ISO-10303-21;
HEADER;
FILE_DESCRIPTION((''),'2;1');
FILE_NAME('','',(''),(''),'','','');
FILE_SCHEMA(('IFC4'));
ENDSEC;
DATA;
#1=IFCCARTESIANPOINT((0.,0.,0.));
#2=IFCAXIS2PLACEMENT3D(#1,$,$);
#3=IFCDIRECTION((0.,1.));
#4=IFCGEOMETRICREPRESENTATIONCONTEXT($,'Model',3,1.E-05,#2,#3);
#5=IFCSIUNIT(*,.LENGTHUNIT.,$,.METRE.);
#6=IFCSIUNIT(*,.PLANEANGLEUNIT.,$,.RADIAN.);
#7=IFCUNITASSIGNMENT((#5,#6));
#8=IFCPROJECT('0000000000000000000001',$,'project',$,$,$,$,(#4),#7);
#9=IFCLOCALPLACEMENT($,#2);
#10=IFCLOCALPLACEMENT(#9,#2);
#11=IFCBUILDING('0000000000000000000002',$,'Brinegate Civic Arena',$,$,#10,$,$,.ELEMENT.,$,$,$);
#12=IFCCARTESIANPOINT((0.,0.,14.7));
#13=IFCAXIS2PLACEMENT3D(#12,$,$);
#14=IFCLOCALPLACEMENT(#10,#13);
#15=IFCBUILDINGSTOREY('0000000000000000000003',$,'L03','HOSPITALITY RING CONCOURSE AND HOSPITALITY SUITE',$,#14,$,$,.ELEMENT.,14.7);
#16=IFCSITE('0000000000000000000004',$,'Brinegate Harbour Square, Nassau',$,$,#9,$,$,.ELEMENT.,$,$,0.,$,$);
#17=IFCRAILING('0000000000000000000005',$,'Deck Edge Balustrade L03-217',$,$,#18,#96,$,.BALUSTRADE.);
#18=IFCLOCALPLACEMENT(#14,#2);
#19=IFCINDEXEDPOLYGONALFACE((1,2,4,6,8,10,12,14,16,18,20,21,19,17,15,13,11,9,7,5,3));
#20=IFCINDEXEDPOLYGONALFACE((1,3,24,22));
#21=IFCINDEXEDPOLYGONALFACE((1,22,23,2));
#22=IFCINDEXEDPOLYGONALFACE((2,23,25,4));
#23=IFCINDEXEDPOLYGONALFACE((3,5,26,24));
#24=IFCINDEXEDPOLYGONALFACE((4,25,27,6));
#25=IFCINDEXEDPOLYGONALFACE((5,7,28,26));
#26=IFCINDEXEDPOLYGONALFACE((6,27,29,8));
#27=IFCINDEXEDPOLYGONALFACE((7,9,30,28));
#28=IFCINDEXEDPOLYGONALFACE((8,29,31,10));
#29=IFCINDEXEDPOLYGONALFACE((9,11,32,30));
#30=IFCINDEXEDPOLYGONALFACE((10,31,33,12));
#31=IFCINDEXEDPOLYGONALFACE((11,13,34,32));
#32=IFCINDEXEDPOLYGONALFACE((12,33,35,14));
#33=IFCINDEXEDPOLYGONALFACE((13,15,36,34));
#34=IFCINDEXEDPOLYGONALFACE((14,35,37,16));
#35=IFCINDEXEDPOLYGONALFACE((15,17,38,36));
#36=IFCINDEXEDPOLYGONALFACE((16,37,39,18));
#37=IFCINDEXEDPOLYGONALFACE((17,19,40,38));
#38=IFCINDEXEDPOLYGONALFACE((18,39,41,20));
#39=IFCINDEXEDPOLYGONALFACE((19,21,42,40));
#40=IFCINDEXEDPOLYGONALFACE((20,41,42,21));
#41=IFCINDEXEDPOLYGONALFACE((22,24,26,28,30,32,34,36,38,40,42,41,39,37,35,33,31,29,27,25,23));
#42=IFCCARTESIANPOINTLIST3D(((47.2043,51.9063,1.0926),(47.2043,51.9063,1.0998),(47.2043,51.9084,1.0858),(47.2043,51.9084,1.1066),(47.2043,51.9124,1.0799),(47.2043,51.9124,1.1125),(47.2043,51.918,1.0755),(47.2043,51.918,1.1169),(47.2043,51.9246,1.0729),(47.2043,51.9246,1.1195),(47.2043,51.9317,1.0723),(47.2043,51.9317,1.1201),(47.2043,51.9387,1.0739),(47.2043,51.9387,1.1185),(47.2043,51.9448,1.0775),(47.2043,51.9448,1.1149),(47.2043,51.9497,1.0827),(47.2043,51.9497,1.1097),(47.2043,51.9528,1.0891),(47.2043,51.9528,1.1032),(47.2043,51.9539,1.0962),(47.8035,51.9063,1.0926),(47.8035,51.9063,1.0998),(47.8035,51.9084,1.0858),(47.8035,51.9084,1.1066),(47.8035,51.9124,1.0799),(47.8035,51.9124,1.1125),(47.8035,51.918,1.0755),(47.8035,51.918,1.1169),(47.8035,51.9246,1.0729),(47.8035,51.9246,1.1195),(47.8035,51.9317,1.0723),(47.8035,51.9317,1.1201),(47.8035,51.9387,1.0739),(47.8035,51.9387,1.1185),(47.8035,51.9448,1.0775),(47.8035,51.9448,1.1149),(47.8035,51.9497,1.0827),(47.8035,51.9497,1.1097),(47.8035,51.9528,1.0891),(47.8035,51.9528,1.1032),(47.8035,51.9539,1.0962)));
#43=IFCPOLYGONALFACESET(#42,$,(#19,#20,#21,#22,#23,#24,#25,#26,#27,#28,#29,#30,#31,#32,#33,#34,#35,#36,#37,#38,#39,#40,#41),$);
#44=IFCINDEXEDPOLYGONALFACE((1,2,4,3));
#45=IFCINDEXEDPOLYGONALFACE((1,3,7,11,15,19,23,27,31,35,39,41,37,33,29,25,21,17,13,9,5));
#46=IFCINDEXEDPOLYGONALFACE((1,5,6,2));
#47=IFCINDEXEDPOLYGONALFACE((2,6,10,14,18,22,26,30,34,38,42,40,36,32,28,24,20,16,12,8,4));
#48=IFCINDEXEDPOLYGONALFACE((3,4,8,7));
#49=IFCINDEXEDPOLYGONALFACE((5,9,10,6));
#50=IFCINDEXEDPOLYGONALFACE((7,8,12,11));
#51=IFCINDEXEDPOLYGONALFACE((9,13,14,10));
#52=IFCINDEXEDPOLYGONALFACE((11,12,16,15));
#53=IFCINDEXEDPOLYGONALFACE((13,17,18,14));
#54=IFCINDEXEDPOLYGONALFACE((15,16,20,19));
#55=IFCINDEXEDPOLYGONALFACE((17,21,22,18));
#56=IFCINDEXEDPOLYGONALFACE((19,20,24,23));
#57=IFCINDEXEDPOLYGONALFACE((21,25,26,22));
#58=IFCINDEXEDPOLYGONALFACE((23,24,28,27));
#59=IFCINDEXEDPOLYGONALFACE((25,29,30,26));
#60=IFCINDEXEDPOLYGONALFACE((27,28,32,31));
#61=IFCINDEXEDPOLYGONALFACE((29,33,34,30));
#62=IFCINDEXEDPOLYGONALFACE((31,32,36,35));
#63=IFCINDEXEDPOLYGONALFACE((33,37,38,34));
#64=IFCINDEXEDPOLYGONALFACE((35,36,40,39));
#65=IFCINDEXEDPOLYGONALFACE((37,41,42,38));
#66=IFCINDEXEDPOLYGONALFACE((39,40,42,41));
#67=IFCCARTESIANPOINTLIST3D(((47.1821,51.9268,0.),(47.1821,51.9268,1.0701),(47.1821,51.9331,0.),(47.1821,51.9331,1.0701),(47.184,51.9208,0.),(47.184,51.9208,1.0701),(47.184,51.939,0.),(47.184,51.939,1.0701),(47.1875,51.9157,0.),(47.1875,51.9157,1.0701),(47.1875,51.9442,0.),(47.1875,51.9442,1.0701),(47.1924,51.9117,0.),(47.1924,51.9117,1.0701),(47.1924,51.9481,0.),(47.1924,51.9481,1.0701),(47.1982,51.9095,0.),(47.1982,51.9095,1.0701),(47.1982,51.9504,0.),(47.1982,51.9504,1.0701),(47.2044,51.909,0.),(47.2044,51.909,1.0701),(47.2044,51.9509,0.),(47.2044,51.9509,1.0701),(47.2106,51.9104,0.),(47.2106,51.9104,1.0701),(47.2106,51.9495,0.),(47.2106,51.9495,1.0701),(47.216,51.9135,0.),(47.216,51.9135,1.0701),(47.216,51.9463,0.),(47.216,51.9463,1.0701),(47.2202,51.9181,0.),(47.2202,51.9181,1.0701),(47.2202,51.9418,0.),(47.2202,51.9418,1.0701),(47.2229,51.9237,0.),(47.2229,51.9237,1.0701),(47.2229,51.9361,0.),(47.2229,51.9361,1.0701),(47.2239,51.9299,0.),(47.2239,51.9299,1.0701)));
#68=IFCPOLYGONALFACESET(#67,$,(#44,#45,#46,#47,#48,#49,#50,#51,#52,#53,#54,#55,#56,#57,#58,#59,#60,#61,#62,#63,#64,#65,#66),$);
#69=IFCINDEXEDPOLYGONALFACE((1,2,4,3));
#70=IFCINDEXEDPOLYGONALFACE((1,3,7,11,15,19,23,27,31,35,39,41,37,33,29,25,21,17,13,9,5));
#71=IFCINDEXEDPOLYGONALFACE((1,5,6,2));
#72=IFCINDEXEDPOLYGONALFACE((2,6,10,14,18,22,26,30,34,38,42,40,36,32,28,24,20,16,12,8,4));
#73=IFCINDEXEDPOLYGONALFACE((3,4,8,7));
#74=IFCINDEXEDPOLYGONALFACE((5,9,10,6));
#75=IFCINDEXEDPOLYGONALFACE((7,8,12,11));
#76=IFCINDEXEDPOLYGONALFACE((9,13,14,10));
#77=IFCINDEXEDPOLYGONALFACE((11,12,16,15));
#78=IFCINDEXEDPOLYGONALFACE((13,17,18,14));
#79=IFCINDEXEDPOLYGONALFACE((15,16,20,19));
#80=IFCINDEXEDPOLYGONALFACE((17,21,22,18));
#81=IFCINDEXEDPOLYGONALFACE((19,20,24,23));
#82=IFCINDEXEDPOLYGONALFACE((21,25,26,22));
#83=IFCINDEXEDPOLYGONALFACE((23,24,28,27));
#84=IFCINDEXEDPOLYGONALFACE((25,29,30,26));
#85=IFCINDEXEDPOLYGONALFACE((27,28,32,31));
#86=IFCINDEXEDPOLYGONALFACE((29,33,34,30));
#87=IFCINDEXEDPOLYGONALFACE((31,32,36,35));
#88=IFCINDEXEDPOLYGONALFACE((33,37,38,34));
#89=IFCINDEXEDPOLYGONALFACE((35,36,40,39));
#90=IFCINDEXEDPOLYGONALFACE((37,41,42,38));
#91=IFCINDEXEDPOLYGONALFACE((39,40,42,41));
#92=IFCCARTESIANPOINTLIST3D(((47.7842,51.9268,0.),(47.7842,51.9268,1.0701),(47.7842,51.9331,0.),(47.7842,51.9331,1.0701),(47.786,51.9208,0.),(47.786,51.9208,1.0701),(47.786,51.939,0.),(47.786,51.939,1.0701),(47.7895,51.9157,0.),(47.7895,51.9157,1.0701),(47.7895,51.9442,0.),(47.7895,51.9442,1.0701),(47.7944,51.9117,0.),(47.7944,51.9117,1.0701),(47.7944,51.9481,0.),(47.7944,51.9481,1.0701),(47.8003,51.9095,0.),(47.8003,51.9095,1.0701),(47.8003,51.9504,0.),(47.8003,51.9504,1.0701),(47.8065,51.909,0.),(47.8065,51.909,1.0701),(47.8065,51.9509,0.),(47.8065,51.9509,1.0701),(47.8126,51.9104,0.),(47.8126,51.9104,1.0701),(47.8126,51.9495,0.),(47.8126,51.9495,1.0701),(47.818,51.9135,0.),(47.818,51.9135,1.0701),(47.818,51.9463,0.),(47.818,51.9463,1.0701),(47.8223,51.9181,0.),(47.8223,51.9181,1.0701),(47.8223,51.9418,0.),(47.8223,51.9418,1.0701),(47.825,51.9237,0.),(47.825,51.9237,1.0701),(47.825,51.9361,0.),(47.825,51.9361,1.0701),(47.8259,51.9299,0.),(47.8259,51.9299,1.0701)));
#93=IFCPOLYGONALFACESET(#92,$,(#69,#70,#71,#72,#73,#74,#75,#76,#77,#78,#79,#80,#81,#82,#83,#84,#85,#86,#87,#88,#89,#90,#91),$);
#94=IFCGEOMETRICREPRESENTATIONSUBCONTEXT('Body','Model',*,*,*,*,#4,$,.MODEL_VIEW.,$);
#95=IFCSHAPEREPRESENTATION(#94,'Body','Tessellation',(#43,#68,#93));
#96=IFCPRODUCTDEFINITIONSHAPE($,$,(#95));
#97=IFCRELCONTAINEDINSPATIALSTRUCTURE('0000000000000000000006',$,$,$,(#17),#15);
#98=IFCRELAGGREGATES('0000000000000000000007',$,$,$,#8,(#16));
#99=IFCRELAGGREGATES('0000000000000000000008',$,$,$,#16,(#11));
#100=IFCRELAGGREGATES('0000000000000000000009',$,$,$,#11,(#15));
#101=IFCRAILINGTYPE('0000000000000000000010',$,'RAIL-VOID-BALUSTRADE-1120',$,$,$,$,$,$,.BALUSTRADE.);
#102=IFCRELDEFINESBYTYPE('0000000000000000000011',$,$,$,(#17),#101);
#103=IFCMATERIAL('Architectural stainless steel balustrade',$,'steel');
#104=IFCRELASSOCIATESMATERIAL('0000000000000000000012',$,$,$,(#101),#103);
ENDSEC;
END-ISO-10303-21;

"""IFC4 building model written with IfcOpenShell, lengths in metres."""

from ifc_helpers import new_model, si_unit, direction, frame, origin, origin_2d, place, context, subcontext, project, spatial, circle, extrude, material, type_object, element, save


model = new_model("IFC4")

# Units and contexts
model_context = context("Model", 3, precision=1e-05, world=origin(), true_north=direction((0.0, 1.0)))
body_context = subcontext(model_context, "Body", "Model", "MODEL_VIEW")
ifc_project = project(units=[si_unit("LENGTHUNIT", "METRE"), si_unit("PLANEANGLEUNIT", "RADIAN")], contexts=[model_context])

# Site, building, storey
site_placement = place(None, origin())
site = spatial("IfcSite", under=ifc_project, at=site_placement, Name="Brinegate Harbour Square, Nassau", CompositionType="ELEMENT", RefElevation=0.0)
building_placement = place(site_placement, origin())
building = spatial("IfcBuilding", under=site, at=building_placement, Name="Brinegate Civic Arena", CompositionType="ELEMENT")
storey_placement = place(building_placement, frame((0.0, 0.0, 14.7)))
storey = spatial("IfcBuildingStorey", under=building, at=storey_placement, Name="L03", Description="HOSPITALITY RING CONCOURSE AND HOSPITALITY SUITE", CompositionType="ELEMENT", Elevation=14.7)

# Railing
ifc_material_1 = material(Name="Architectural stainless steel balustrade", Category="steel")
railing_type = type_object("IfcRailingType", Name="RAIL-VOID-BALUSTRADE-1120", PredefinedType="BALUSTRADE", material=ifc_material_1)
railing_placement = place(storey_placement, frame((47.2029, 51.9299, 0.0)))
element("IfcRailing", 1, at=railing_placement, inside=storey, type_object=railing_type, Name="Deck Edge Balustrade L03-217", PredefinedType="BALUSTRADE", context=body_context, shape_type="SweptSolid", body=[
    extrude(circle(Radius=0.0239, at=origin_2d()), frame((0.0015, 0.0, 1.0962), z_axis=(1.0, 0.0, 0.0), x_axis=(0.0, 1.0, 0.0)), (0.0, 0.0, 1.0), 0.5991),
    extrude(circle(Radius=0.021, at=origin_2d()), origin(), (0.0, 0.0, 1.0), 1.0701),
    extrude(circle(Radius=0.021, at=origin_2d()), frame((0.6021, 0.0, 0.0)), (0.0, 0.0, 1.0), 1.0701),
])

save(model, "model.ifc")
